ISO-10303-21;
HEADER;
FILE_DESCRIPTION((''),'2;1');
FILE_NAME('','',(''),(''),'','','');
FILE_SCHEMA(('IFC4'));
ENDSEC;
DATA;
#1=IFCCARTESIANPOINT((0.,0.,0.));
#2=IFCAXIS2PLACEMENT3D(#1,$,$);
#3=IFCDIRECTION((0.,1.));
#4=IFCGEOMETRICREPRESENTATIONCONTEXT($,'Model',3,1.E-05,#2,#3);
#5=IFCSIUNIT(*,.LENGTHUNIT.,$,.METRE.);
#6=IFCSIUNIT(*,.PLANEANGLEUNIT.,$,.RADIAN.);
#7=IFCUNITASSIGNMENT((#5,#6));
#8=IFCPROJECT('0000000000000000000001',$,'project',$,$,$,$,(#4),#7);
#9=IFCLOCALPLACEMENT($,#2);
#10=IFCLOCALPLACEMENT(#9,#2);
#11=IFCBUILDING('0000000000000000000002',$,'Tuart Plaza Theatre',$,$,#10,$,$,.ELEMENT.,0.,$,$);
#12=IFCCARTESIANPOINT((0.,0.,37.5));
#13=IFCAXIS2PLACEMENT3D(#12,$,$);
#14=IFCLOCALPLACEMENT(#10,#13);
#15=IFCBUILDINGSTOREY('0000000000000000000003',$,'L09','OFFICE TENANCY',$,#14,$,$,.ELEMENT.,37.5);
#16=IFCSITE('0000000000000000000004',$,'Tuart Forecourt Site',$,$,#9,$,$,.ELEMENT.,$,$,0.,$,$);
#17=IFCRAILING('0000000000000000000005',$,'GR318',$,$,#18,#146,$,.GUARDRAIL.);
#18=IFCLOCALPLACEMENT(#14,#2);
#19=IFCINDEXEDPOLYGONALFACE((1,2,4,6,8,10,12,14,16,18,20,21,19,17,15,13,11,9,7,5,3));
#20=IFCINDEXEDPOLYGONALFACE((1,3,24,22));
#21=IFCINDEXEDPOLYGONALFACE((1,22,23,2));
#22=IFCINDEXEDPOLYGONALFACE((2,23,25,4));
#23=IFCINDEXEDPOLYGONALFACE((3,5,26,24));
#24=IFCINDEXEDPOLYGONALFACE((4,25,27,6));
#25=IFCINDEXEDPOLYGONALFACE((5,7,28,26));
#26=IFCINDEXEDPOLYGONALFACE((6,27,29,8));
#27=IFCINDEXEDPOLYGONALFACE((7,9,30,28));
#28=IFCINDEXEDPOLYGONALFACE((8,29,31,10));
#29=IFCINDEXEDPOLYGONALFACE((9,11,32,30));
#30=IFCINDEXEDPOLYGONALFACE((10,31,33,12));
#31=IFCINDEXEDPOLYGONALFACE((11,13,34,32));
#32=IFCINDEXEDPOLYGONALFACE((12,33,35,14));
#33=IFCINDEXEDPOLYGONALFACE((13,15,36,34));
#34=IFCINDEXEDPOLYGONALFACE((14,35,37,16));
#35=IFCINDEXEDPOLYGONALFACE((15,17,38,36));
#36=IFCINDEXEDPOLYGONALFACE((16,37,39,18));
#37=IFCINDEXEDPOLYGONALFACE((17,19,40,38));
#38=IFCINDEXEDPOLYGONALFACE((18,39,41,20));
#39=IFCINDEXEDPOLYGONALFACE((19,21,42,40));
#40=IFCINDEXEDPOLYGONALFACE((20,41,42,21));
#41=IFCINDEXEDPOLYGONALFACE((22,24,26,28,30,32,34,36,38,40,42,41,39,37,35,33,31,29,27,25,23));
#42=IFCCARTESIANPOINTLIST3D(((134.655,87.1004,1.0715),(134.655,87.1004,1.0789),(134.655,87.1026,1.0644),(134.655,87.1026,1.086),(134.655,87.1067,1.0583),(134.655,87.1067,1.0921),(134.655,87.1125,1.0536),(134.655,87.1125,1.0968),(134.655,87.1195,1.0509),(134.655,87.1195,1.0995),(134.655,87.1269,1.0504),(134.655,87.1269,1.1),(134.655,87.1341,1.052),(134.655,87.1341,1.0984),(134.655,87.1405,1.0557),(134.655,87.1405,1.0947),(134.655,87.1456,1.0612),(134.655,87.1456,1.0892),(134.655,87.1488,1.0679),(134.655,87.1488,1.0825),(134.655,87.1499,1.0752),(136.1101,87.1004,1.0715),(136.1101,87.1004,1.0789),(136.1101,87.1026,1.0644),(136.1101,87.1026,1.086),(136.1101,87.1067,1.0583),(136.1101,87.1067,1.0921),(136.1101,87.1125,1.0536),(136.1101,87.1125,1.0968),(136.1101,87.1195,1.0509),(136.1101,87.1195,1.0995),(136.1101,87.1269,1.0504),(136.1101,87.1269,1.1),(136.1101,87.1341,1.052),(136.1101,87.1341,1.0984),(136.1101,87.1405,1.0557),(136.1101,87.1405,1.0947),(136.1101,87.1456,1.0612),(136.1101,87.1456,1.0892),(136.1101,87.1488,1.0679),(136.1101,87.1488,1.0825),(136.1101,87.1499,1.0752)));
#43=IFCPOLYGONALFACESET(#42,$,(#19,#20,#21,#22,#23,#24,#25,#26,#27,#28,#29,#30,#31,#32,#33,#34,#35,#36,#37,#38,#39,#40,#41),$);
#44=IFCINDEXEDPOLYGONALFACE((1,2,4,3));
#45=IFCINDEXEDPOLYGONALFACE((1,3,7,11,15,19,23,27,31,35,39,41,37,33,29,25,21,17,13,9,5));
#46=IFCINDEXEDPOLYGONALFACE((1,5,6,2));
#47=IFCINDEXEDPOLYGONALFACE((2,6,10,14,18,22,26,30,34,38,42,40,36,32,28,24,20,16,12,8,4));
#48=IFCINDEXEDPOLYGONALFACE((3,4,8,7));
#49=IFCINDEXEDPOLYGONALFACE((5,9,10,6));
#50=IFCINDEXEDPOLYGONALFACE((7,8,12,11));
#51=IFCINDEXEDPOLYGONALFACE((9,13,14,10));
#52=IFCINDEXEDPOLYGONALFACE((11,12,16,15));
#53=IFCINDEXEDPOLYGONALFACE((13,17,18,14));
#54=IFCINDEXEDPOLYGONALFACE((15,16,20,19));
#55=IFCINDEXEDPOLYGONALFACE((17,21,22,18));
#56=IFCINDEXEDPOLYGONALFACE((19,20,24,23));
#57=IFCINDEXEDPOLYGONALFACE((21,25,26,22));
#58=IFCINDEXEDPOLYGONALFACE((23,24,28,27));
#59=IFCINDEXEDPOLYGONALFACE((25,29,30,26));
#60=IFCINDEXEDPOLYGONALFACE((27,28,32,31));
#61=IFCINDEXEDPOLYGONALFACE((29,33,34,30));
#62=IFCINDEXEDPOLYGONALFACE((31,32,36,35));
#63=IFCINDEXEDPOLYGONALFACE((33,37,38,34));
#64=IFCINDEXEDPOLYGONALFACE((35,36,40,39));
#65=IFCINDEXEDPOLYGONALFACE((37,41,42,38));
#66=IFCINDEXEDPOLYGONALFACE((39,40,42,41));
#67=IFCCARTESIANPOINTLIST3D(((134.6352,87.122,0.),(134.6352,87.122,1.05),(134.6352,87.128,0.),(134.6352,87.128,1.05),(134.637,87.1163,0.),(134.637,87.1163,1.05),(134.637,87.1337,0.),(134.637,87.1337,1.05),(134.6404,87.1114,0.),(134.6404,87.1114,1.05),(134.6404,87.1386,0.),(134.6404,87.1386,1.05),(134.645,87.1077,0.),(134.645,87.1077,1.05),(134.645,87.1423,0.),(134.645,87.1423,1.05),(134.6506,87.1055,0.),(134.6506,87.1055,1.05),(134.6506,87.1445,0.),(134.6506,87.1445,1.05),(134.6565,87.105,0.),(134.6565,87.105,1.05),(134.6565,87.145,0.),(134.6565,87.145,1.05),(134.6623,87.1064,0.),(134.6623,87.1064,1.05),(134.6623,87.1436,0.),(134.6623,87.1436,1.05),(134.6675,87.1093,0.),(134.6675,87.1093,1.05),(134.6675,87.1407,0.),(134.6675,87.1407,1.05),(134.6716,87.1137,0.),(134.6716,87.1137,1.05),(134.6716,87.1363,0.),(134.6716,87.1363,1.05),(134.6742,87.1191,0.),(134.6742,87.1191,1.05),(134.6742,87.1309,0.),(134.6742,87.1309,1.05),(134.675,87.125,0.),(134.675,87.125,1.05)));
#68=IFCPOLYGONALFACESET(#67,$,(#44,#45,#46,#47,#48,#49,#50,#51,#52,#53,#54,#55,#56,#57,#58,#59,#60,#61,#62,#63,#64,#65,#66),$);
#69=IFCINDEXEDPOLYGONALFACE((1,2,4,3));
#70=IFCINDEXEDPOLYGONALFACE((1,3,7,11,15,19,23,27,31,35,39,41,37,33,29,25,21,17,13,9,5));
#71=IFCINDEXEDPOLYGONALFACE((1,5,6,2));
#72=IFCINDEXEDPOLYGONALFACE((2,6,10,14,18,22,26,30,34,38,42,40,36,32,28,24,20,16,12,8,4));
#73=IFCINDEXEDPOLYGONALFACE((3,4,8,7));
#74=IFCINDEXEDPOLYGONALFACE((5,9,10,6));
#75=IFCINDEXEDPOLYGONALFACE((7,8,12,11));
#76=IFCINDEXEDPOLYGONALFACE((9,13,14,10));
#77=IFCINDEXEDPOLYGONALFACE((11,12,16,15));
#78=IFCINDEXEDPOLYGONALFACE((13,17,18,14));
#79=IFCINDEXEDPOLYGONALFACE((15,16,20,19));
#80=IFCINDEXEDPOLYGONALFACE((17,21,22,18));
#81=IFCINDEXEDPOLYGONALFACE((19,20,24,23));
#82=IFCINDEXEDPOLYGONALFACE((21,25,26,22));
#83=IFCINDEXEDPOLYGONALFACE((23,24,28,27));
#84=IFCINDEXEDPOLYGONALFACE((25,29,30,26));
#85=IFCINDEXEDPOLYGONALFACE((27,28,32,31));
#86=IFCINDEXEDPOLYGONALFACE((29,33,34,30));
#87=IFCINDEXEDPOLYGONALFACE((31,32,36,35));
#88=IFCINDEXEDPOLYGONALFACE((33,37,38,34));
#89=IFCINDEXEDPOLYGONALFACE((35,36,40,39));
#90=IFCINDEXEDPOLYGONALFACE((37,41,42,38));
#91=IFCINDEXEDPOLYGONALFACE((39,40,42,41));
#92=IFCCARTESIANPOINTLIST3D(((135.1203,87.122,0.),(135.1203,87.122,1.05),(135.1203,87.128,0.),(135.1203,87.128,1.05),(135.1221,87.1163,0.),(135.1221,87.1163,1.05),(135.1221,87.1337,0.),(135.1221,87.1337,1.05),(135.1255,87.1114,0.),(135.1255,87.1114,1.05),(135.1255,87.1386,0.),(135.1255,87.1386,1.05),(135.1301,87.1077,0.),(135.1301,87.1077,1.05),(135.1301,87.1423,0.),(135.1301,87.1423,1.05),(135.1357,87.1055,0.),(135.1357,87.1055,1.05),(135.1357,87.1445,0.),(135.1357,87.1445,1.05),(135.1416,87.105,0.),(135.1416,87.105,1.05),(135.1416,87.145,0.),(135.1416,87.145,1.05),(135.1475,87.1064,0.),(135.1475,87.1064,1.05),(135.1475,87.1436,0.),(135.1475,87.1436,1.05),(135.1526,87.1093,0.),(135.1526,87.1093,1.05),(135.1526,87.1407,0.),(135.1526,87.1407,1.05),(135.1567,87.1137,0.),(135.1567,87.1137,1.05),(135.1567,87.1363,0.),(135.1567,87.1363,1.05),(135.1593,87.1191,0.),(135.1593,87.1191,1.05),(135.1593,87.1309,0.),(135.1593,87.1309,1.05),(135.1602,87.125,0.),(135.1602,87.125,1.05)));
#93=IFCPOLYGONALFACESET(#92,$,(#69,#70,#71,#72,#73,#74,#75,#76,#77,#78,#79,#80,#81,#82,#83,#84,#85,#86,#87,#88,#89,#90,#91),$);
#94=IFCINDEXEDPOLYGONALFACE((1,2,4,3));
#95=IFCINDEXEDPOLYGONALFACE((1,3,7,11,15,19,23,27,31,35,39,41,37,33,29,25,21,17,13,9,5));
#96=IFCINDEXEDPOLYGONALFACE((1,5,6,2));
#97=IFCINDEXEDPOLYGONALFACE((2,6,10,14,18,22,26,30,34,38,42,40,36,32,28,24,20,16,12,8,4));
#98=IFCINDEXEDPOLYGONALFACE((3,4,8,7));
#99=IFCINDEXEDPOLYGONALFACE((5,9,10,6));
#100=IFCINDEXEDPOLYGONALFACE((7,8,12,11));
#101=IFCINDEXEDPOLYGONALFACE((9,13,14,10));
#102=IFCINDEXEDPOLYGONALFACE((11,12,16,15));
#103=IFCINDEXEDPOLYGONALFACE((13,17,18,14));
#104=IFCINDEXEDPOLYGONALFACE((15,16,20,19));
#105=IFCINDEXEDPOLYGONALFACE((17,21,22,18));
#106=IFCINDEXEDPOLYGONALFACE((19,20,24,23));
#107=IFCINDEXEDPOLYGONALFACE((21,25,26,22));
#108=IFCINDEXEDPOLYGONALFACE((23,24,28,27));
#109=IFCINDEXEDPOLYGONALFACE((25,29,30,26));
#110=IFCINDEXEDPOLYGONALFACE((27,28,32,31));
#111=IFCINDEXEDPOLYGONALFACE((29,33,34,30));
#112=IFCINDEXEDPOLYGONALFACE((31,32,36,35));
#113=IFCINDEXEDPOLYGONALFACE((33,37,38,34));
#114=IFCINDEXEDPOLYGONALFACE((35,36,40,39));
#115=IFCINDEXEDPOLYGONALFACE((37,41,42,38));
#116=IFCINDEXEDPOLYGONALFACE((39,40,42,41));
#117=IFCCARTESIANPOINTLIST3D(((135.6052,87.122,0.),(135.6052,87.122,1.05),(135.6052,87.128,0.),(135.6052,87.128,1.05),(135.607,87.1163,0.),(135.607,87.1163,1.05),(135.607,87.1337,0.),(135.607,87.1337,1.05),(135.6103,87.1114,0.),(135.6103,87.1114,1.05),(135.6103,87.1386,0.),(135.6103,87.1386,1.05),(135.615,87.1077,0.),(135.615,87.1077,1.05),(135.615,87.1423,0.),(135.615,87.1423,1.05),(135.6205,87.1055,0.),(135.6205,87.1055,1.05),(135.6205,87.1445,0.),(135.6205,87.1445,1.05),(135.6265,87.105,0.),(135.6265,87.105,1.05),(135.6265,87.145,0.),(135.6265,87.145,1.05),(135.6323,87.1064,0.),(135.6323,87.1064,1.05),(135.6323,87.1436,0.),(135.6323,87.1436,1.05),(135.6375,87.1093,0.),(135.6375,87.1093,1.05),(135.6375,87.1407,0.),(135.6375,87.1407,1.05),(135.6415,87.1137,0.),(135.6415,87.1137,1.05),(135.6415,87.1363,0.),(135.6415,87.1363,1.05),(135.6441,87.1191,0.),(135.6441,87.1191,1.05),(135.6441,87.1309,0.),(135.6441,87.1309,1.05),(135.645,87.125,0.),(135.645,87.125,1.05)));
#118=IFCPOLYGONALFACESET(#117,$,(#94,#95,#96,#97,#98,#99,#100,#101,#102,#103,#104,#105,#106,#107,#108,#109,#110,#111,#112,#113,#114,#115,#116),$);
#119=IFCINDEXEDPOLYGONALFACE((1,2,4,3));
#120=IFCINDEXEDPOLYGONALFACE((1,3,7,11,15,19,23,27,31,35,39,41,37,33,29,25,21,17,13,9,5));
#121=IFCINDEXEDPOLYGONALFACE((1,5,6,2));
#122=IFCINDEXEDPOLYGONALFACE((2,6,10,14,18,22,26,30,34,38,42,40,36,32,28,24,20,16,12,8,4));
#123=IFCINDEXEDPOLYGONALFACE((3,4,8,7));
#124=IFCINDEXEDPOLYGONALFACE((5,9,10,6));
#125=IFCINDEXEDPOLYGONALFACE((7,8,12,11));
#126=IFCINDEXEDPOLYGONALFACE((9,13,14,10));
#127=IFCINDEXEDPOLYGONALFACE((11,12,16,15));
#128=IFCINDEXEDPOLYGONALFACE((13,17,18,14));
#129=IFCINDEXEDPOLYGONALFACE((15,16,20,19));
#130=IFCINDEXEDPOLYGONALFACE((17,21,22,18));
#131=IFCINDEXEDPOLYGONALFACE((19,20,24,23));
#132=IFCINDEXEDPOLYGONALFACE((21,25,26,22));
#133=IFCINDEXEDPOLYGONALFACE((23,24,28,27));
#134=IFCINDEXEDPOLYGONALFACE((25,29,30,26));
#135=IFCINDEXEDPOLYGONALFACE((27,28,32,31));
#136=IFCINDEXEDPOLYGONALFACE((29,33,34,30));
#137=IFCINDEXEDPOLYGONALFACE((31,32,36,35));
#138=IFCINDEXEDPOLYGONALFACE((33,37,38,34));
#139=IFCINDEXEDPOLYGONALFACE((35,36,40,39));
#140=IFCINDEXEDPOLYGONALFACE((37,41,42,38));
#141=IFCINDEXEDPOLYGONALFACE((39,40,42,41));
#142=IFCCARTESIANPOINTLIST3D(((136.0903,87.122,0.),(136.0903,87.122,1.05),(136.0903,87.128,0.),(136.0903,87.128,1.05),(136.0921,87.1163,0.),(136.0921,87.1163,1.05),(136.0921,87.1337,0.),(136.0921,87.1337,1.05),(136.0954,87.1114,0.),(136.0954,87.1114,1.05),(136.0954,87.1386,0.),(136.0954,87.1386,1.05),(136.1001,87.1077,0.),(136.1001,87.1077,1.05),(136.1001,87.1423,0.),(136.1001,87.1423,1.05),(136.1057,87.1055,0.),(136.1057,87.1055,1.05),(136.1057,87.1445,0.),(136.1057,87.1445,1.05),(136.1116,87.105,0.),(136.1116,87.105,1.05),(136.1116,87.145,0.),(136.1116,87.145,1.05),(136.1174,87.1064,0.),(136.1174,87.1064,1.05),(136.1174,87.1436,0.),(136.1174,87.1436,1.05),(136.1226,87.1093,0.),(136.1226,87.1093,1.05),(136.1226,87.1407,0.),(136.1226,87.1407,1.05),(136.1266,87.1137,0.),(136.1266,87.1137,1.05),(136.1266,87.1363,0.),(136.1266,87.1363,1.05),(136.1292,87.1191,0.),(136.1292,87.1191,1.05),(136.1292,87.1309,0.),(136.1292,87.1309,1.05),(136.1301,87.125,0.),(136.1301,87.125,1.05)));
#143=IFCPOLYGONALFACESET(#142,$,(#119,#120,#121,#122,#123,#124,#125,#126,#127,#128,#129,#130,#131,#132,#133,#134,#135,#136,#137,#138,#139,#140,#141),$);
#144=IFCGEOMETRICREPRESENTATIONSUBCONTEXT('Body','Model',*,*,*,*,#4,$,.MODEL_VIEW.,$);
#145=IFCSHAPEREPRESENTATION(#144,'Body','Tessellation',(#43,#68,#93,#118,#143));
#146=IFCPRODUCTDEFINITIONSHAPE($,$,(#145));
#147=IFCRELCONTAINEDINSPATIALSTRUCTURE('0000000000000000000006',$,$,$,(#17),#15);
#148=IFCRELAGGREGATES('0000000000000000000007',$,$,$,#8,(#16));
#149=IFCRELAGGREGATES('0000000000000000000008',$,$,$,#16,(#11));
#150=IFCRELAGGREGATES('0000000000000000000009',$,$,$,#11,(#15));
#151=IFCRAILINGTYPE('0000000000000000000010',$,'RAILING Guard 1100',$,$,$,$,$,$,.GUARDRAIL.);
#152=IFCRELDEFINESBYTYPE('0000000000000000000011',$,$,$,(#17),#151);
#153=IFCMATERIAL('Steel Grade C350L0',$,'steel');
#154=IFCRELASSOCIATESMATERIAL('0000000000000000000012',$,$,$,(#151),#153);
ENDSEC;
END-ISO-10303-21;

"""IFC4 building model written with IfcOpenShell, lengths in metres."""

from ifc_helpers import new_model, si_unit, direction, frame, origin, origin_2d, place, context, subcontext, project, spatial, circle, extrude, material, type_object, element, save


model = new_model("IFC4")

# Units and contexts
model_context = context("Model", 3, precision=1e-05, world=origin(), true_north=direction((0.0, 1.0)))
body_context = subcontext(model_context, "Body", "Model", "MODEL_VIEW")
ifc_project = project(units=[si_unit("LENGTHUNIT", "METRE"), si_unit("PLANEANGLEUNIT", "RADIAN")], contexts=[model_context])

# Site, building, storey
site_placement = place(None, origin())
site = spatial("IfcSite", under=ifc_project, at=site_placement, Name="Tuart Forecourt Site", CompositionType="ELEMENT", RefElevation=0.0)
building_placement = place(site_placement, origin())
building = spatial("IfcBuilding", under=site, at=building_placement, Name="Tuart Plaza Theatre", CompositionType="ELEMENT", ElevationOfRefHeight=0.0)
storey_placement = place(building_placement, frame((0.0, 0.0, 37.5)))
storey = spatial("IfcBuildingStorey", under=building, at=storey_placement, Name="L09", Description="OFFICE TENANCY", CompositionType="ELEMENT", Elevation=37.5)

# Railing
ifc_material_1 = material(Name="Steel Grade C350L0", Category="steel")
railing_type_1 = type_object("IfcRailingType", Name="RAILING Guard 1100", PredefinedType="GUARDRAIL", material=ifc_material_1)
railing_1_placement = place(storey_placement, frame((134.655, 87.125, 0.0)))
element("IfcRailing", 1, at=railing_1_placement, inside=storey, type_object=railing_type_1, Name="GR318", PredefinedType="GUARDRAIL", context=body_context, shape_type="SweptSolid", body=[
    extrude(circle(Radius=0.0249, at=origin_2d()), frame((0.0, 0.0, 1.0752), z_axis=(1.0, 0.0, 0.0), x_axis=(0.0, 1.0, 0.0)), (0.0, 0.0, 1.0), 1.4551),
    extrude(circle(Radius=0.02, at=origin_2d()), origin(), (0.0, 0.0, 1.0), 1.05),
    extrude(circle(Radius=0.02, at=origin_2d()), frame((0.4851, 0.0, 0.0)), (0.0, 0.0, 1.0), 1.05),
    extrude(circle(Radius=0.02, at=origin_2d()), frame((0.97, 0.0, 0.0)), (0.0, 0.0, 1.0), 1.05),
    extrude(circle(Radius=0.02, at=origin_2d()), frame((1.4551, 0.0, 0.0)), (0.0, 0.0, 1.0), 1.05),
])

save(model, "model.ifc")
